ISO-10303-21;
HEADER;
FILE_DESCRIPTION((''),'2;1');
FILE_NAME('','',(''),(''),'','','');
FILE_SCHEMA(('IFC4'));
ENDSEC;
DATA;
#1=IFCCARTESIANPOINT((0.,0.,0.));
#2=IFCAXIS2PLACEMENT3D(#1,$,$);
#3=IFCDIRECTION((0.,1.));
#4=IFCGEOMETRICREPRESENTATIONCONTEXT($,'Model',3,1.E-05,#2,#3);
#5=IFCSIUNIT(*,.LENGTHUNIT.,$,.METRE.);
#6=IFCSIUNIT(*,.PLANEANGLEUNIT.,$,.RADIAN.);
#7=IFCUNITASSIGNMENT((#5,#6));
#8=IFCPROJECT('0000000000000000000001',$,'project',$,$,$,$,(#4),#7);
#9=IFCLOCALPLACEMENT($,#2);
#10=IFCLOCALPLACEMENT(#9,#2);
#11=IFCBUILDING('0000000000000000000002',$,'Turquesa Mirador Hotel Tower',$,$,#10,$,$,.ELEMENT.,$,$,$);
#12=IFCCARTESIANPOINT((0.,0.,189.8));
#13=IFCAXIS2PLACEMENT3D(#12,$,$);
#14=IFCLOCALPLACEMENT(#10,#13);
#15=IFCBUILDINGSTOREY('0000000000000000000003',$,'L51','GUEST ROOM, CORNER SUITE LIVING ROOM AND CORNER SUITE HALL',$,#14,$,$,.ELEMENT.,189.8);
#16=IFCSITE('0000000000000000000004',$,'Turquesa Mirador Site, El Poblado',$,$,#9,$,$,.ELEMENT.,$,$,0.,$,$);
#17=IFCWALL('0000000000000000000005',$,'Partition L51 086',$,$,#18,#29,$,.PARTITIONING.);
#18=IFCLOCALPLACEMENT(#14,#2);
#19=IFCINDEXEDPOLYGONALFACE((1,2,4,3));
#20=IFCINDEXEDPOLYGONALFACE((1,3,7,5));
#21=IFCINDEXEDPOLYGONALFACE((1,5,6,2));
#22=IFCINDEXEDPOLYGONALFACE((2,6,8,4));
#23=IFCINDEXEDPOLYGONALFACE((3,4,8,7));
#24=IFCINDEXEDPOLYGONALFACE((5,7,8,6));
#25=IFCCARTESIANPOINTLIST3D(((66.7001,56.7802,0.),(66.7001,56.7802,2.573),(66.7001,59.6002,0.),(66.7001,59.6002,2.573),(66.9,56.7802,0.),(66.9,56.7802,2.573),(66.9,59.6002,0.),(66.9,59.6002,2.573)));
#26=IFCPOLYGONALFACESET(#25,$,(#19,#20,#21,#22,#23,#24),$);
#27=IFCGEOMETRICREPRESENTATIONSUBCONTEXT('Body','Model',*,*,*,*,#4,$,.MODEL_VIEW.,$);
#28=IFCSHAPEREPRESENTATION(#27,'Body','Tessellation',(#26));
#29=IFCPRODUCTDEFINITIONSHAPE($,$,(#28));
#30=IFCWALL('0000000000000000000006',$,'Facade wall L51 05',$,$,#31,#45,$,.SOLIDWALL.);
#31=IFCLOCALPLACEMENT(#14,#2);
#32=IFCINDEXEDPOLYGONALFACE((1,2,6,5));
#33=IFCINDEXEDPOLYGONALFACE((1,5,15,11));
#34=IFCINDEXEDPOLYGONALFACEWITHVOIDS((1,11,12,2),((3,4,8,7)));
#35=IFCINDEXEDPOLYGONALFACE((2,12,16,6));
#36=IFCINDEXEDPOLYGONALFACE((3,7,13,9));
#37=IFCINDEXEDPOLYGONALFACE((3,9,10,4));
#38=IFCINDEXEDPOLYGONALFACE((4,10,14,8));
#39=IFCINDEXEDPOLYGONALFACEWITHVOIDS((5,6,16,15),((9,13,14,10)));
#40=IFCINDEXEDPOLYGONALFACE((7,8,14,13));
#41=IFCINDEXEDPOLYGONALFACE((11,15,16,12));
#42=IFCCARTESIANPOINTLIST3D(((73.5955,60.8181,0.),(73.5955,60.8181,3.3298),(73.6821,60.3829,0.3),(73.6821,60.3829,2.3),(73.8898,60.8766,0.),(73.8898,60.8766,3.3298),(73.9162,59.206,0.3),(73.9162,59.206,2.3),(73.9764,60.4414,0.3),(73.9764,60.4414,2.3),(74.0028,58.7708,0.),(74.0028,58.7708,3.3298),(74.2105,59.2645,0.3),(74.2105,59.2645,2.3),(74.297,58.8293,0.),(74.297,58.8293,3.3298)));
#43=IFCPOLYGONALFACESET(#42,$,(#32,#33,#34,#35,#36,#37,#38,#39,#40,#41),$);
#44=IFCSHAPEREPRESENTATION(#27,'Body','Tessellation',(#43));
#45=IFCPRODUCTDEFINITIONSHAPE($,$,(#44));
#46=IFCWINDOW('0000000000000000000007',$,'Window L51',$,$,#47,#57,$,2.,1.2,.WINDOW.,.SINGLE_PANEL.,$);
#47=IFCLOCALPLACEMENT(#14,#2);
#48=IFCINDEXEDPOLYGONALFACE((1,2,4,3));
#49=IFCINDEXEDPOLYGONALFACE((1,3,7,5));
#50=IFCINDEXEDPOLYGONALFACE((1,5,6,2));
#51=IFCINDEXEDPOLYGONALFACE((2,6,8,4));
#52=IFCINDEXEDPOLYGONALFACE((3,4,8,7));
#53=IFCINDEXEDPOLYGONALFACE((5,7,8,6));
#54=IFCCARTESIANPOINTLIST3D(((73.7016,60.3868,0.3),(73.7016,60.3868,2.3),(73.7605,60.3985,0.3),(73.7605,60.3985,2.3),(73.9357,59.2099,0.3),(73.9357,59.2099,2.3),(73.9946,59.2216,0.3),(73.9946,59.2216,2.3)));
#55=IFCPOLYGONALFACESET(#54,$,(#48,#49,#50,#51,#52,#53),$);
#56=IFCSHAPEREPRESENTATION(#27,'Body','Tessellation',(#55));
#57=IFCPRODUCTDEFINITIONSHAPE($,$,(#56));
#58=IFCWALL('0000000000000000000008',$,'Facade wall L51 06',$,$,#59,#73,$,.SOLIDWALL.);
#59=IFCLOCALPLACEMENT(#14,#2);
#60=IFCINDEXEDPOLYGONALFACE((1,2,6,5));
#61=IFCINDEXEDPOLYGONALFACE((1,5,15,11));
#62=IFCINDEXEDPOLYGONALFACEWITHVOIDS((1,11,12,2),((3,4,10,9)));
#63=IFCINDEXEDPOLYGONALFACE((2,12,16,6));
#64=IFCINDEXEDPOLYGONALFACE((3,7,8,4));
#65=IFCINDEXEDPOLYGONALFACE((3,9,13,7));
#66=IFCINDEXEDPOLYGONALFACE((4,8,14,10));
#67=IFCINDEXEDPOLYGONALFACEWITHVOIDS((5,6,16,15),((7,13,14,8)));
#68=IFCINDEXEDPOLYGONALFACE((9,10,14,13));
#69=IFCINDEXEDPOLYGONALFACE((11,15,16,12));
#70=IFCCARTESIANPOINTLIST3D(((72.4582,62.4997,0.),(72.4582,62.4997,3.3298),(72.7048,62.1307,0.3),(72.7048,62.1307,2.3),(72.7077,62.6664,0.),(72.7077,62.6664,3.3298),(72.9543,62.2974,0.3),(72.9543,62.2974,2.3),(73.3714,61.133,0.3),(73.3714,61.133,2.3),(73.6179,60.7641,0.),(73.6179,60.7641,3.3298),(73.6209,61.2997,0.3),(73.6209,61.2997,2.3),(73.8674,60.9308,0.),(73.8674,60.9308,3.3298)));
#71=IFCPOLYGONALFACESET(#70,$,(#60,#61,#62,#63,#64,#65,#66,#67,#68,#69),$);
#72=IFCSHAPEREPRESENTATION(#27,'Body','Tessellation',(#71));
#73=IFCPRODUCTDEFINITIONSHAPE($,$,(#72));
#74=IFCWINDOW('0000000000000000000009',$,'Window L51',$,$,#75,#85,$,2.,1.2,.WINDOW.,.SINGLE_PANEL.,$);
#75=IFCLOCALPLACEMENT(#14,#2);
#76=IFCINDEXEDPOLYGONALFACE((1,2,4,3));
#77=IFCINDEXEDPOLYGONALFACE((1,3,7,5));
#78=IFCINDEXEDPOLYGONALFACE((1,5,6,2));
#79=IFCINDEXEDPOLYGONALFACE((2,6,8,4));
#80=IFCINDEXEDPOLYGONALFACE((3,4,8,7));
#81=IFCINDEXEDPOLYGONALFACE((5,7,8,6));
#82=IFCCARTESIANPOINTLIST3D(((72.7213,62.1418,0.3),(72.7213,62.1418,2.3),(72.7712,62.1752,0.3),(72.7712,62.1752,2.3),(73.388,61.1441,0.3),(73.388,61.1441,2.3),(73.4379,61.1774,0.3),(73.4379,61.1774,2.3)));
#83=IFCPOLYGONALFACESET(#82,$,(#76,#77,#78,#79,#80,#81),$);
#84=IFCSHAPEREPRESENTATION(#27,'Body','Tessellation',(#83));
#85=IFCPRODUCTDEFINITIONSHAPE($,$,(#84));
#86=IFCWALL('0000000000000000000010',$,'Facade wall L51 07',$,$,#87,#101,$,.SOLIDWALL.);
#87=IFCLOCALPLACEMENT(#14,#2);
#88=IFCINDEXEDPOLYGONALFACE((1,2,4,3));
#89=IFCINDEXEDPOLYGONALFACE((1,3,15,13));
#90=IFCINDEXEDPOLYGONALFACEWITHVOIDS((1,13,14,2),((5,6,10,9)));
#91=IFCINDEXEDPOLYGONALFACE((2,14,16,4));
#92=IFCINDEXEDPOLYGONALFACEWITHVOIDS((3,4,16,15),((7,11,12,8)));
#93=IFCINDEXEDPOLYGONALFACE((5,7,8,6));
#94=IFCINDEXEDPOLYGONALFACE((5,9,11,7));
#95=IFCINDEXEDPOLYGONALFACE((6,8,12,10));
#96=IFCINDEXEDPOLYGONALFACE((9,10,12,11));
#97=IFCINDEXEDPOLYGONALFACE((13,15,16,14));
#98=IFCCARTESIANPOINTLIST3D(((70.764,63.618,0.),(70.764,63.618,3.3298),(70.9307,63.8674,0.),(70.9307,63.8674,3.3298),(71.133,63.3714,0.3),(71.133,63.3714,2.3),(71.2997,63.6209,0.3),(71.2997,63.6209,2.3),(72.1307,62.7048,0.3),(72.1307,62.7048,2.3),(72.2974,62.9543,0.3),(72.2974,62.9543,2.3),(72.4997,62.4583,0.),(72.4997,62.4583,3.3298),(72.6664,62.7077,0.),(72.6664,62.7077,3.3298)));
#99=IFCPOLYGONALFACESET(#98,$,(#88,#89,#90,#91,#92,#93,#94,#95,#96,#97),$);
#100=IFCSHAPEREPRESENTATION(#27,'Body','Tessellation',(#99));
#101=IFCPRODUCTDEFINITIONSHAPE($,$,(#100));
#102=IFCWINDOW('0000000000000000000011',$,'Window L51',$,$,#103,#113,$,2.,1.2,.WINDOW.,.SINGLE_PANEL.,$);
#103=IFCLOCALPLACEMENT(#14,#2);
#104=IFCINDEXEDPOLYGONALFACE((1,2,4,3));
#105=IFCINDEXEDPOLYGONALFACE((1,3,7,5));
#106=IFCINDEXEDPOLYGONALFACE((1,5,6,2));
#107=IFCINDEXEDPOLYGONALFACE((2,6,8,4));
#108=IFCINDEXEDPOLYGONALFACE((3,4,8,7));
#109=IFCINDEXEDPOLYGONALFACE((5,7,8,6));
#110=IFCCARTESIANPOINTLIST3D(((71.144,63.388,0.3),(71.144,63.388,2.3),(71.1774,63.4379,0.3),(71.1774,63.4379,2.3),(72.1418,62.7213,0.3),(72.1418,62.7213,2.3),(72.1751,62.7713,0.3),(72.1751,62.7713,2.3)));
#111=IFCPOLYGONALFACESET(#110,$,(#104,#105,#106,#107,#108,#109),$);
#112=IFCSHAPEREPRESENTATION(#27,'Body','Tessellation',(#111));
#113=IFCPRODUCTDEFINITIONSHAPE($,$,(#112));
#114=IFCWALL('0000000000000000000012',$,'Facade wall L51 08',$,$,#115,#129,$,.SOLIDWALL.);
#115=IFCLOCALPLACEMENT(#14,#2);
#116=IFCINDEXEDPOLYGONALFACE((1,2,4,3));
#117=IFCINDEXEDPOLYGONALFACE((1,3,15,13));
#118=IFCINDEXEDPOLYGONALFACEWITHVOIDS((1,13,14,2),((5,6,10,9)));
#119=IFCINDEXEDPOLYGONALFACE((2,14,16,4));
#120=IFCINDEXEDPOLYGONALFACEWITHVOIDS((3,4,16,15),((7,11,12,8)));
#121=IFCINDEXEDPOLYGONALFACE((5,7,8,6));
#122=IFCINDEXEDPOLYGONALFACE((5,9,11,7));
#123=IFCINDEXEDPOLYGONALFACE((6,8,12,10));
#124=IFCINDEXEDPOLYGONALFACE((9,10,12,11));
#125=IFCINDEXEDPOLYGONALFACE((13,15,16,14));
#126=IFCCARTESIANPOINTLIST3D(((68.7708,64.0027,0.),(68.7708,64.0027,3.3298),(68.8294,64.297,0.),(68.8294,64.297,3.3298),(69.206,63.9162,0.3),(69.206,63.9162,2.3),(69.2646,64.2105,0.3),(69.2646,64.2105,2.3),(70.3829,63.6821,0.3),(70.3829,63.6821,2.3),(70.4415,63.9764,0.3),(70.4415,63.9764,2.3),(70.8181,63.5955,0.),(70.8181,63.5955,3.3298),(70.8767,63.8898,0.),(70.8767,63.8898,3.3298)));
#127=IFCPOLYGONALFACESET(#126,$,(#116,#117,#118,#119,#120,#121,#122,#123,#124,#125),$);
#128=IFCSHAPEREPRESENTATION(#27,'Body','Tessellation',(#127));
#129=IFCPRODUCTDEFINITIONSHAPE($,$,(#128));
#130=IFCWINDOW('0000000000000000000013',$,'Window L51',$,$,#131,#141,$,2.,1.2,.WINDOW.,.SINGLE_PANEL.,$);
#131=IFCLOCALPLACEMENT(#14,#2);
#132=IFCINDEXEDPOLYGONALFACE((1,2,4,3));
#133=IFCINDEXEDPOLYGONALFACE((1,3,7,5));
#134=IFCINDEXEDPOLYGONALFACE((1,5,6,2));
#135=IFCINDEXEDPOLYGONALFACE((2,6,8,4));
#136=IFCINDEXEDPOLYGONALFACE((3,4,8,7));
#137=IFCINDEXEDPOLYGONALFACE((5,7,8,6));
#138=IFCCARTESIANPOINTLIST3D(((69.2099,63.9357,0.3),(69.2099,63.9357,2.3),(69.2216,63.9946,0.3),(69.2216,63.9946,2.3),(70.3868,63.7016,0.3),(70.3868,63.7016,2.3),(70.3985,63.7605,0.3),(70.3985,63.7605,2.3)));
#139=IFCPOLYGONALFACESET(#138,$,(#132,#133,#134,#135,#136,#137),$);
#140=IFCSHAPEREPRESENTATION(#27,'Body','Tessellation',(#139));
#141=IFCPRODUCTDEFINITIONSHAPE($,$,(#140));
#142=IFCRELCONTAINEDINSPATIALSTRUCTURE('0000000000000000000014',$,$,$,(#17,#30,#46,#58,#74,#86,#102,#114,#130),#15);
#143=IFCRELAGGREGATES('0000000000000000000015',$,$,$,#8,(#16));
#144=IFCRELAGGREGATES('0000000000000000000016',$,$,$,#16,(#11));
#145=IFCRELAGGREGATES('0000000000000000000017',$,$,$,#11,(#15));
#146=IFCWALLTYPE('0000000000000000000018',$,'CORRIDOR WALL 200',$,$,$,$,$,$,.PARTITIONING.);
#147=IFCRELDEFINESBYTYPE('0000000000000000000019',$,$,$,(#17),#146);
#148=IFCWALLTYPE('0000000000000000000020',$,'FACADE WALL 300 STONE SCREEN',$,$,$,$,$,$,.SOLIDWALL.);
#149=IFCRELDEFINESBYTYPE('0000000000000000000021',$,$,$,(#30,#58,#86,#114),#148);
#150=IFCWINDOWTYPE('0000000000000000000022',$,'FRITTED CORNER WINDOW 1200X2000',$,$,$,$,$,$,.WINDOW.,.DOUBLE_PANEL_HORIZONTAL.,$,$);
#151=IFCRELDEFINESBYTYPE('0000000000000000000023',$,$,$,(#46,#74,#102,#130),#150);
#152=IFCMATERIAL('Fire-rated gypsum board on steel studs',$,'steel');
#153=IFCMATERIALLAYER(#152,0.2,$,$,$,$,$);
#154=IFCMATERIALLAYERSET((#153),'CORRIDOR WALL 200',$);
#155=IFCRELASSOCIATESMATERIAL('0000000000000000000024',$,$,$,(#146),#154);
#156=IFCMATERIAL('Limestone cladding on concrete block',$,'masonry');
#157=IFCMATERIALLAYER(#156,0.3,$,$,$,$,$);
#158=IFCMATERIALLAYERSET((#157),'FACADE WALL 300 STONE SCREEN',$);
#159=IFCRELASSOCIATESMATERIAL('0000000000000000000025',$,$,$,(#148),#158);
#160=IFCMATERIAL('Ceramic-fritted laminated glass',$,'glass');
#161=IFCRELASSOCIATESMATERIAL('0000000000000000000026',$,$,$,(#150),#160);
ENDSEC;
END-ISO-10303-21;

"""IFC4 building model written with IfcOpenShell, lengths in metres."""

from ifc_helpers import new_model, si_unit, direction, frame, frame_2d, origin, place, context, subcontext, project, spatial, rectangle, extrude, material, layer, layer_set, type_object, element, fill, save


model = new_model("IFC4")

# Units and contexts
model_context = context("Model", 3, precision=1e-05, world=origin(), true_north=direction((0.0, 1.0)))
body_context = subcontext(model_context, "Body", "Model", "MODEL_VIEW")
ifc_project = project(units=[si_unit("LENGTHUNIT", "METRE"), si_unit("PLANEANGLEUNIT", "RADIAN")], contexts=[model_context])

# Site, building, storey
site_placement = place(None, origin())
site = spatial("IfcSite", under=ifc_project, at=site_placement, Name="Turquesa Mirador Site, El Poblado", CompositionType="ELEMENT", RefElevation=0.0)
building_placement = place(site_placement, origin())
building = spatial("IfcBuilding", under=site, at=building_placement, Name="Turquesa Mirador Hotel Tower", CompositionType="ELEMENT")
storey_placement = place(building_placement, frame((0.0, 0.0, 189.8)))
storey = spatial("IfcBuildingStorey", under=building, at=storey_placement, Name="L51", Description="GUEST ROOM, CORNER SUITE LIVING ROOM AND CORNER SUITE HALL", CompositionType="ELEMENT", Elevation=189.8)

# Wall
ifc_material_1 = material(Name="Fire-rated gypsum board on steel studs", Category="steel")
ifc_layer_1 = layer(ifc_material_1, 0.2)
ifc_layer_set_1 = layer_set([ifc_layer_1], Name="CORRIDOR WALL 200")
wall_type_1 = type_object("IfcWallType", Name="CORRIDOR WALL 200", PredefinedType="PARTITIONING", material=ifc_layer_set_1)
wall_1_placement = place(storey_placement, frame((66.8, 56.78, 0.0), z_axis=(0.0, 0.0, 1.0), x_axis=(0.0, 1.0, 0.0)))
element("IfcWall", 1, at=wall_1_placement, inside=storey, type_object=wall_type_1, Name="Partition L51 086", PredefinedType="PARTITIONING", context=body_context, shape_type="SweptSolid", body=[
    extrude(rectangle(XDim=2.8201, YDim=0.2, at=frame_2d((1.4102, 0.0))), origin(), (0.0, 0.0, 1.0), 2.573),
])

# Walls, openings, windows
ifc_material_2 = material(Name="Limestone cladding on concrete block", Category="masonry")
ifc_layer_2 = layer(ifc_material_2, 0.3)
ifc_layer_set_2 = layer_set([ifc_layer_2], Name="FACADE WALL 300 STONE SCREEN")
wall_type_2 = type_object("IfcWallType", Name="FACADE WALL 300 STONE SCREEN", PredefinedType="SOLIDWALL", material=ifc_layer_set_2)
wall_2_placement = place(storey_placement, frame((74.1499, 58.8, 0.0), z_axis=(0.0, 0.0, 1.0), x_axis=(-0.195081, 0.980787, 0.0)))
wall_2 = element("IfcWall", 2, at=wall_2_placement, inside=storey, type_object=wall_type_2, Name="Facade wall L51 05", PredefinedType="SOLIDWALL", context=body_context, shape_type="SweptSolid", body=[
    extrude(rectangle(XDim=2.0874, YDim=0.3, at=frame_2d((1.0437, 0.0))), origin(), (0.0, 0.0, 1.0), 3.3298),
])
opening_1_placement = place(wall_2_placement, frame((0.4436, 0.0, 0.3)))
opening_1 = element("IfcOpeningElement", 3, at=opening_1_placement, cuts=wall_2, PredefinedType="OPENING", context=body_context, shape_type="SweptSolid", body=[
    extrude(rectangle(XDim=1.2, YDim=2.0, at=frame_2d((0.6001, 1.0))), frame((0.0, 0.1599, 0.0), z_axis=(0.0, -1.0, 0.0), x_axis=(1.0, 0.0, 0.0)), (0.0, 0.0, 1.0), 0.3201),
])
ifc_material_3 = material(Name="Ceramic-fritted laminated glass", Category="glass")
window_type_1 = type_object("IfcWindowType", Name="FRITTED CORNER WINDOW 1200X2000", PartitioningType="DOUBLE_PANEL_HORIZONTAL", PredefinedType="WINDOW", material=ifc_material_3)
window_1_placement = place(opening_1_placement, origin())
window_1 = element("IfcWindow", 4, at=window_1_placement, inside=storey, type_object=window_type_1, Name="Window L51", OverallHeight=2.0, OverallWidth=1.2, PartitioningType="SINGLE_PANEL", PredefinedType="WINDOW", context=body_context, shape_type="SweptSolid", body=[
    extrude(rectangle(XDim=1.2, YDim=2.0, at=frame_2d((0.6001, 1.0))), frame((0.0, 0.1301, 0.0), z_axis=(0.0, -1.0, 0.0), x_axis=(1.0, 0.0, 0.0)), (0.0, 0.0, 1.0), 0.0601),
])
fill(opening_1, window_1)
wall_3_placement = place(storey_placement, frame((73.7427, 60.8474, 0.0), z_axis=(0.0, 0.0, 1.0), x_axis=(-0.555564, 0.831474, 0.0)))
wall_3 = element("IfcWall", 5, at=wall_3_placement, inside=storey, type_object=wall_type_2, Name="Facade wall L51 06", PredefinedType="SOLIDWALL", context=body_context, shape_type="SweptSolid", body=[
    extrude(rectangle(XDim=2.0874, YDim=0.3, at=frame_2d((1.0437, 0.0))), origin(), (0.0, 0.0, 1.0), 3.3298),
])
opening_2_placement = place(wall_3_placement, frame((0.4436, 0.0, 0.3)))
opening_2 = element("IfcOpeningElement", 6, at=opening_2_placement, cuts=wall_3, PredefinedType="OPENING", context=body_context, shape_type="SweptSolid", body=[
    extrude(rectangle(XDim=1.2, YDim=2.0, at=frame_2d((0.6001, 1.0))), frame((0.0, 0.1599, 0.0), z_axis=(0.0, -1.0, 0.0), x_axis=(1.0, 0.0, 0.0)), (0.0, 0.0, 1.0), 0.3201),
])
window_2_placement = place(opening_2_placement, origin())
window_2 = element("IfcWindow", 7, at=window_2_placement, inside=storey, type_object=window_type_1, Name="Window L51", OverallHeight=2.0, OverallWidth=1.2, PartitioningType="SINGLE_PANEL", PredefinedType="WINDOW", context=body_context, shape_type="SweptSolid", body=[
    extrude(rectangle(XDim=1.2, YDim=2.0, at=frame_2d((0.6001, 1.0))), frame((0.0, 0.1301, 0.0), z_axis=(0.0, -1.0, 0.0), x_axis=(1.0, 0.0, 0.0)), (0.0, 0.0, 1.0), 0.0601),
])
fill(opening_2, window_2)
wall_4_placement = place(storey_placement, frame((72.583, 62.583, 0.0), z_axis=(0.0, 0.0, 1.0), x_axis=(-0.831474, 0.555564, 0.0)))
wall_4 = element("IfcWall", 8, at=wall_4_placement, inside=storey, type_object=wall_type_2, Name="Facade wall L51 07", PredefinedType="SOLIDWALL", context=body_context, shape_type="SweptSolid", body=[
    extrude(rectangle(XDim=2.0874, YDim=0.3, at=frame_2d((1.0437, 0.0))), origin(), (0.0, 0.0, 1.0), 3.3298),
])
opening_3_placement = place(wall_4_placement, frame((0.4436, 0.0, 0.3)))
opening_3 = element("IfcOpeningElement", 9, at=opening_3_placement, cuts=wall_4, PredefinedType="OPENING", context=body_context, shape_type="SweptSolid", body=[
    extrude(rectangle(XDim=1.2, YDim=2.0, at=frame_2d((0.6001, 1.0))), frame((0.0, 0.1599, 0.0), z_axis=(0.0, -1.0, 0.0), x_axis=(1.0, 0.0, 0.0)), (0.0, 0.0, 1.0), 0.3201),
])
window_3_placement = place(opening_3_placement, origin())
window_3 = element("IfcWindow", 10, at=window_3_placement, inside=storey, type_object=window_type_1, Name="Window L51", OverallHeight=2.0, OverallWidth=1.2, PartitioningType="SINGLE_PANEL", PredefinedType="WINDOW", context=body_context, shape_type="SweptSolid", body=[
    extrude(rectangle(XDim=1.2, YDim=2.0, at=frame_2d((0.6001, 1.0))), frame((0.0, 0.1301, 0.0), z_axis=(0.0, -1.0, 0.0), x_axis=(1.0, 0.0, 0.0)), (0.0, 0.0, 1.0), 0.0601),
])
fill(opening_3, window_3)
wall_5_placement = place(storey_placement, frame((70.8474, 63.7427, 0.0), z_axis=(0.0, 0.0, 1.0), x_axis=(-0.980787, 0.195081, 0.0)))
wall_5 = element("IfcWall", 11, at=wall_5_placement, inside=storey, type_object=wall_type_2, Name="Facade wall L51 08", PredefinedType="SOLIDWALL", context=body_context, shape_type="SweptSolid", body=[
    extrude(rectangle(XDim=2.0874, YDim=0.3, at=frame_2d((1.0437, 0.0))), origin(), (0.0, 0.0, 1.0), 3.3298),
])
opening_4_placement = place(wall_5_placement, frame((0.4436, 0.0, 0.3)))
opening_4 = element("IfcOpeningElement", 12, at=opening_4_placement, cuts=wall_5, PredefinedType="OPENING", context=body_context, shape_type="SweptSolid", body=[
    extrude(rectangle(XDim=1.2, YDim=2.0, at=frame_2d((0.6001, 1.0))), frame((0.0, 0.1599, 0.0), z_axis=(0.0, -1.0, 0.0), x_axis=(1.0, 0.0, 0.0)), (0.0, 0.0, 1.0), 0.3201),
])
window_4_placement = place(opening_4_placement, origin())
window_4 = element("IfcWindow", 13, at=window_4_placement, inside=storey, type_object=window_type_1, Name="Window L51", OverallHeight=2.0, OverallWidth=1.2, PartitioningType="SINGLE_PANEL", PredefinedType="WINDOW", context=body_context, shape_type="SweptSolid", body=[
    extrude(rectangle(XDim=1.2, YDim=2.0, at=frame_2d((0.6001, 1.0))), frame((0.0, 0.1301, 0.0), z_axis=(0.0, -1.0, 0.0), x_axis=(1.0, 0.0, 0.0)), (0.0, 0.0, 1.0), 0.0601),
])
fill(opening_4, window_4)

save(model, "model.ifc")
